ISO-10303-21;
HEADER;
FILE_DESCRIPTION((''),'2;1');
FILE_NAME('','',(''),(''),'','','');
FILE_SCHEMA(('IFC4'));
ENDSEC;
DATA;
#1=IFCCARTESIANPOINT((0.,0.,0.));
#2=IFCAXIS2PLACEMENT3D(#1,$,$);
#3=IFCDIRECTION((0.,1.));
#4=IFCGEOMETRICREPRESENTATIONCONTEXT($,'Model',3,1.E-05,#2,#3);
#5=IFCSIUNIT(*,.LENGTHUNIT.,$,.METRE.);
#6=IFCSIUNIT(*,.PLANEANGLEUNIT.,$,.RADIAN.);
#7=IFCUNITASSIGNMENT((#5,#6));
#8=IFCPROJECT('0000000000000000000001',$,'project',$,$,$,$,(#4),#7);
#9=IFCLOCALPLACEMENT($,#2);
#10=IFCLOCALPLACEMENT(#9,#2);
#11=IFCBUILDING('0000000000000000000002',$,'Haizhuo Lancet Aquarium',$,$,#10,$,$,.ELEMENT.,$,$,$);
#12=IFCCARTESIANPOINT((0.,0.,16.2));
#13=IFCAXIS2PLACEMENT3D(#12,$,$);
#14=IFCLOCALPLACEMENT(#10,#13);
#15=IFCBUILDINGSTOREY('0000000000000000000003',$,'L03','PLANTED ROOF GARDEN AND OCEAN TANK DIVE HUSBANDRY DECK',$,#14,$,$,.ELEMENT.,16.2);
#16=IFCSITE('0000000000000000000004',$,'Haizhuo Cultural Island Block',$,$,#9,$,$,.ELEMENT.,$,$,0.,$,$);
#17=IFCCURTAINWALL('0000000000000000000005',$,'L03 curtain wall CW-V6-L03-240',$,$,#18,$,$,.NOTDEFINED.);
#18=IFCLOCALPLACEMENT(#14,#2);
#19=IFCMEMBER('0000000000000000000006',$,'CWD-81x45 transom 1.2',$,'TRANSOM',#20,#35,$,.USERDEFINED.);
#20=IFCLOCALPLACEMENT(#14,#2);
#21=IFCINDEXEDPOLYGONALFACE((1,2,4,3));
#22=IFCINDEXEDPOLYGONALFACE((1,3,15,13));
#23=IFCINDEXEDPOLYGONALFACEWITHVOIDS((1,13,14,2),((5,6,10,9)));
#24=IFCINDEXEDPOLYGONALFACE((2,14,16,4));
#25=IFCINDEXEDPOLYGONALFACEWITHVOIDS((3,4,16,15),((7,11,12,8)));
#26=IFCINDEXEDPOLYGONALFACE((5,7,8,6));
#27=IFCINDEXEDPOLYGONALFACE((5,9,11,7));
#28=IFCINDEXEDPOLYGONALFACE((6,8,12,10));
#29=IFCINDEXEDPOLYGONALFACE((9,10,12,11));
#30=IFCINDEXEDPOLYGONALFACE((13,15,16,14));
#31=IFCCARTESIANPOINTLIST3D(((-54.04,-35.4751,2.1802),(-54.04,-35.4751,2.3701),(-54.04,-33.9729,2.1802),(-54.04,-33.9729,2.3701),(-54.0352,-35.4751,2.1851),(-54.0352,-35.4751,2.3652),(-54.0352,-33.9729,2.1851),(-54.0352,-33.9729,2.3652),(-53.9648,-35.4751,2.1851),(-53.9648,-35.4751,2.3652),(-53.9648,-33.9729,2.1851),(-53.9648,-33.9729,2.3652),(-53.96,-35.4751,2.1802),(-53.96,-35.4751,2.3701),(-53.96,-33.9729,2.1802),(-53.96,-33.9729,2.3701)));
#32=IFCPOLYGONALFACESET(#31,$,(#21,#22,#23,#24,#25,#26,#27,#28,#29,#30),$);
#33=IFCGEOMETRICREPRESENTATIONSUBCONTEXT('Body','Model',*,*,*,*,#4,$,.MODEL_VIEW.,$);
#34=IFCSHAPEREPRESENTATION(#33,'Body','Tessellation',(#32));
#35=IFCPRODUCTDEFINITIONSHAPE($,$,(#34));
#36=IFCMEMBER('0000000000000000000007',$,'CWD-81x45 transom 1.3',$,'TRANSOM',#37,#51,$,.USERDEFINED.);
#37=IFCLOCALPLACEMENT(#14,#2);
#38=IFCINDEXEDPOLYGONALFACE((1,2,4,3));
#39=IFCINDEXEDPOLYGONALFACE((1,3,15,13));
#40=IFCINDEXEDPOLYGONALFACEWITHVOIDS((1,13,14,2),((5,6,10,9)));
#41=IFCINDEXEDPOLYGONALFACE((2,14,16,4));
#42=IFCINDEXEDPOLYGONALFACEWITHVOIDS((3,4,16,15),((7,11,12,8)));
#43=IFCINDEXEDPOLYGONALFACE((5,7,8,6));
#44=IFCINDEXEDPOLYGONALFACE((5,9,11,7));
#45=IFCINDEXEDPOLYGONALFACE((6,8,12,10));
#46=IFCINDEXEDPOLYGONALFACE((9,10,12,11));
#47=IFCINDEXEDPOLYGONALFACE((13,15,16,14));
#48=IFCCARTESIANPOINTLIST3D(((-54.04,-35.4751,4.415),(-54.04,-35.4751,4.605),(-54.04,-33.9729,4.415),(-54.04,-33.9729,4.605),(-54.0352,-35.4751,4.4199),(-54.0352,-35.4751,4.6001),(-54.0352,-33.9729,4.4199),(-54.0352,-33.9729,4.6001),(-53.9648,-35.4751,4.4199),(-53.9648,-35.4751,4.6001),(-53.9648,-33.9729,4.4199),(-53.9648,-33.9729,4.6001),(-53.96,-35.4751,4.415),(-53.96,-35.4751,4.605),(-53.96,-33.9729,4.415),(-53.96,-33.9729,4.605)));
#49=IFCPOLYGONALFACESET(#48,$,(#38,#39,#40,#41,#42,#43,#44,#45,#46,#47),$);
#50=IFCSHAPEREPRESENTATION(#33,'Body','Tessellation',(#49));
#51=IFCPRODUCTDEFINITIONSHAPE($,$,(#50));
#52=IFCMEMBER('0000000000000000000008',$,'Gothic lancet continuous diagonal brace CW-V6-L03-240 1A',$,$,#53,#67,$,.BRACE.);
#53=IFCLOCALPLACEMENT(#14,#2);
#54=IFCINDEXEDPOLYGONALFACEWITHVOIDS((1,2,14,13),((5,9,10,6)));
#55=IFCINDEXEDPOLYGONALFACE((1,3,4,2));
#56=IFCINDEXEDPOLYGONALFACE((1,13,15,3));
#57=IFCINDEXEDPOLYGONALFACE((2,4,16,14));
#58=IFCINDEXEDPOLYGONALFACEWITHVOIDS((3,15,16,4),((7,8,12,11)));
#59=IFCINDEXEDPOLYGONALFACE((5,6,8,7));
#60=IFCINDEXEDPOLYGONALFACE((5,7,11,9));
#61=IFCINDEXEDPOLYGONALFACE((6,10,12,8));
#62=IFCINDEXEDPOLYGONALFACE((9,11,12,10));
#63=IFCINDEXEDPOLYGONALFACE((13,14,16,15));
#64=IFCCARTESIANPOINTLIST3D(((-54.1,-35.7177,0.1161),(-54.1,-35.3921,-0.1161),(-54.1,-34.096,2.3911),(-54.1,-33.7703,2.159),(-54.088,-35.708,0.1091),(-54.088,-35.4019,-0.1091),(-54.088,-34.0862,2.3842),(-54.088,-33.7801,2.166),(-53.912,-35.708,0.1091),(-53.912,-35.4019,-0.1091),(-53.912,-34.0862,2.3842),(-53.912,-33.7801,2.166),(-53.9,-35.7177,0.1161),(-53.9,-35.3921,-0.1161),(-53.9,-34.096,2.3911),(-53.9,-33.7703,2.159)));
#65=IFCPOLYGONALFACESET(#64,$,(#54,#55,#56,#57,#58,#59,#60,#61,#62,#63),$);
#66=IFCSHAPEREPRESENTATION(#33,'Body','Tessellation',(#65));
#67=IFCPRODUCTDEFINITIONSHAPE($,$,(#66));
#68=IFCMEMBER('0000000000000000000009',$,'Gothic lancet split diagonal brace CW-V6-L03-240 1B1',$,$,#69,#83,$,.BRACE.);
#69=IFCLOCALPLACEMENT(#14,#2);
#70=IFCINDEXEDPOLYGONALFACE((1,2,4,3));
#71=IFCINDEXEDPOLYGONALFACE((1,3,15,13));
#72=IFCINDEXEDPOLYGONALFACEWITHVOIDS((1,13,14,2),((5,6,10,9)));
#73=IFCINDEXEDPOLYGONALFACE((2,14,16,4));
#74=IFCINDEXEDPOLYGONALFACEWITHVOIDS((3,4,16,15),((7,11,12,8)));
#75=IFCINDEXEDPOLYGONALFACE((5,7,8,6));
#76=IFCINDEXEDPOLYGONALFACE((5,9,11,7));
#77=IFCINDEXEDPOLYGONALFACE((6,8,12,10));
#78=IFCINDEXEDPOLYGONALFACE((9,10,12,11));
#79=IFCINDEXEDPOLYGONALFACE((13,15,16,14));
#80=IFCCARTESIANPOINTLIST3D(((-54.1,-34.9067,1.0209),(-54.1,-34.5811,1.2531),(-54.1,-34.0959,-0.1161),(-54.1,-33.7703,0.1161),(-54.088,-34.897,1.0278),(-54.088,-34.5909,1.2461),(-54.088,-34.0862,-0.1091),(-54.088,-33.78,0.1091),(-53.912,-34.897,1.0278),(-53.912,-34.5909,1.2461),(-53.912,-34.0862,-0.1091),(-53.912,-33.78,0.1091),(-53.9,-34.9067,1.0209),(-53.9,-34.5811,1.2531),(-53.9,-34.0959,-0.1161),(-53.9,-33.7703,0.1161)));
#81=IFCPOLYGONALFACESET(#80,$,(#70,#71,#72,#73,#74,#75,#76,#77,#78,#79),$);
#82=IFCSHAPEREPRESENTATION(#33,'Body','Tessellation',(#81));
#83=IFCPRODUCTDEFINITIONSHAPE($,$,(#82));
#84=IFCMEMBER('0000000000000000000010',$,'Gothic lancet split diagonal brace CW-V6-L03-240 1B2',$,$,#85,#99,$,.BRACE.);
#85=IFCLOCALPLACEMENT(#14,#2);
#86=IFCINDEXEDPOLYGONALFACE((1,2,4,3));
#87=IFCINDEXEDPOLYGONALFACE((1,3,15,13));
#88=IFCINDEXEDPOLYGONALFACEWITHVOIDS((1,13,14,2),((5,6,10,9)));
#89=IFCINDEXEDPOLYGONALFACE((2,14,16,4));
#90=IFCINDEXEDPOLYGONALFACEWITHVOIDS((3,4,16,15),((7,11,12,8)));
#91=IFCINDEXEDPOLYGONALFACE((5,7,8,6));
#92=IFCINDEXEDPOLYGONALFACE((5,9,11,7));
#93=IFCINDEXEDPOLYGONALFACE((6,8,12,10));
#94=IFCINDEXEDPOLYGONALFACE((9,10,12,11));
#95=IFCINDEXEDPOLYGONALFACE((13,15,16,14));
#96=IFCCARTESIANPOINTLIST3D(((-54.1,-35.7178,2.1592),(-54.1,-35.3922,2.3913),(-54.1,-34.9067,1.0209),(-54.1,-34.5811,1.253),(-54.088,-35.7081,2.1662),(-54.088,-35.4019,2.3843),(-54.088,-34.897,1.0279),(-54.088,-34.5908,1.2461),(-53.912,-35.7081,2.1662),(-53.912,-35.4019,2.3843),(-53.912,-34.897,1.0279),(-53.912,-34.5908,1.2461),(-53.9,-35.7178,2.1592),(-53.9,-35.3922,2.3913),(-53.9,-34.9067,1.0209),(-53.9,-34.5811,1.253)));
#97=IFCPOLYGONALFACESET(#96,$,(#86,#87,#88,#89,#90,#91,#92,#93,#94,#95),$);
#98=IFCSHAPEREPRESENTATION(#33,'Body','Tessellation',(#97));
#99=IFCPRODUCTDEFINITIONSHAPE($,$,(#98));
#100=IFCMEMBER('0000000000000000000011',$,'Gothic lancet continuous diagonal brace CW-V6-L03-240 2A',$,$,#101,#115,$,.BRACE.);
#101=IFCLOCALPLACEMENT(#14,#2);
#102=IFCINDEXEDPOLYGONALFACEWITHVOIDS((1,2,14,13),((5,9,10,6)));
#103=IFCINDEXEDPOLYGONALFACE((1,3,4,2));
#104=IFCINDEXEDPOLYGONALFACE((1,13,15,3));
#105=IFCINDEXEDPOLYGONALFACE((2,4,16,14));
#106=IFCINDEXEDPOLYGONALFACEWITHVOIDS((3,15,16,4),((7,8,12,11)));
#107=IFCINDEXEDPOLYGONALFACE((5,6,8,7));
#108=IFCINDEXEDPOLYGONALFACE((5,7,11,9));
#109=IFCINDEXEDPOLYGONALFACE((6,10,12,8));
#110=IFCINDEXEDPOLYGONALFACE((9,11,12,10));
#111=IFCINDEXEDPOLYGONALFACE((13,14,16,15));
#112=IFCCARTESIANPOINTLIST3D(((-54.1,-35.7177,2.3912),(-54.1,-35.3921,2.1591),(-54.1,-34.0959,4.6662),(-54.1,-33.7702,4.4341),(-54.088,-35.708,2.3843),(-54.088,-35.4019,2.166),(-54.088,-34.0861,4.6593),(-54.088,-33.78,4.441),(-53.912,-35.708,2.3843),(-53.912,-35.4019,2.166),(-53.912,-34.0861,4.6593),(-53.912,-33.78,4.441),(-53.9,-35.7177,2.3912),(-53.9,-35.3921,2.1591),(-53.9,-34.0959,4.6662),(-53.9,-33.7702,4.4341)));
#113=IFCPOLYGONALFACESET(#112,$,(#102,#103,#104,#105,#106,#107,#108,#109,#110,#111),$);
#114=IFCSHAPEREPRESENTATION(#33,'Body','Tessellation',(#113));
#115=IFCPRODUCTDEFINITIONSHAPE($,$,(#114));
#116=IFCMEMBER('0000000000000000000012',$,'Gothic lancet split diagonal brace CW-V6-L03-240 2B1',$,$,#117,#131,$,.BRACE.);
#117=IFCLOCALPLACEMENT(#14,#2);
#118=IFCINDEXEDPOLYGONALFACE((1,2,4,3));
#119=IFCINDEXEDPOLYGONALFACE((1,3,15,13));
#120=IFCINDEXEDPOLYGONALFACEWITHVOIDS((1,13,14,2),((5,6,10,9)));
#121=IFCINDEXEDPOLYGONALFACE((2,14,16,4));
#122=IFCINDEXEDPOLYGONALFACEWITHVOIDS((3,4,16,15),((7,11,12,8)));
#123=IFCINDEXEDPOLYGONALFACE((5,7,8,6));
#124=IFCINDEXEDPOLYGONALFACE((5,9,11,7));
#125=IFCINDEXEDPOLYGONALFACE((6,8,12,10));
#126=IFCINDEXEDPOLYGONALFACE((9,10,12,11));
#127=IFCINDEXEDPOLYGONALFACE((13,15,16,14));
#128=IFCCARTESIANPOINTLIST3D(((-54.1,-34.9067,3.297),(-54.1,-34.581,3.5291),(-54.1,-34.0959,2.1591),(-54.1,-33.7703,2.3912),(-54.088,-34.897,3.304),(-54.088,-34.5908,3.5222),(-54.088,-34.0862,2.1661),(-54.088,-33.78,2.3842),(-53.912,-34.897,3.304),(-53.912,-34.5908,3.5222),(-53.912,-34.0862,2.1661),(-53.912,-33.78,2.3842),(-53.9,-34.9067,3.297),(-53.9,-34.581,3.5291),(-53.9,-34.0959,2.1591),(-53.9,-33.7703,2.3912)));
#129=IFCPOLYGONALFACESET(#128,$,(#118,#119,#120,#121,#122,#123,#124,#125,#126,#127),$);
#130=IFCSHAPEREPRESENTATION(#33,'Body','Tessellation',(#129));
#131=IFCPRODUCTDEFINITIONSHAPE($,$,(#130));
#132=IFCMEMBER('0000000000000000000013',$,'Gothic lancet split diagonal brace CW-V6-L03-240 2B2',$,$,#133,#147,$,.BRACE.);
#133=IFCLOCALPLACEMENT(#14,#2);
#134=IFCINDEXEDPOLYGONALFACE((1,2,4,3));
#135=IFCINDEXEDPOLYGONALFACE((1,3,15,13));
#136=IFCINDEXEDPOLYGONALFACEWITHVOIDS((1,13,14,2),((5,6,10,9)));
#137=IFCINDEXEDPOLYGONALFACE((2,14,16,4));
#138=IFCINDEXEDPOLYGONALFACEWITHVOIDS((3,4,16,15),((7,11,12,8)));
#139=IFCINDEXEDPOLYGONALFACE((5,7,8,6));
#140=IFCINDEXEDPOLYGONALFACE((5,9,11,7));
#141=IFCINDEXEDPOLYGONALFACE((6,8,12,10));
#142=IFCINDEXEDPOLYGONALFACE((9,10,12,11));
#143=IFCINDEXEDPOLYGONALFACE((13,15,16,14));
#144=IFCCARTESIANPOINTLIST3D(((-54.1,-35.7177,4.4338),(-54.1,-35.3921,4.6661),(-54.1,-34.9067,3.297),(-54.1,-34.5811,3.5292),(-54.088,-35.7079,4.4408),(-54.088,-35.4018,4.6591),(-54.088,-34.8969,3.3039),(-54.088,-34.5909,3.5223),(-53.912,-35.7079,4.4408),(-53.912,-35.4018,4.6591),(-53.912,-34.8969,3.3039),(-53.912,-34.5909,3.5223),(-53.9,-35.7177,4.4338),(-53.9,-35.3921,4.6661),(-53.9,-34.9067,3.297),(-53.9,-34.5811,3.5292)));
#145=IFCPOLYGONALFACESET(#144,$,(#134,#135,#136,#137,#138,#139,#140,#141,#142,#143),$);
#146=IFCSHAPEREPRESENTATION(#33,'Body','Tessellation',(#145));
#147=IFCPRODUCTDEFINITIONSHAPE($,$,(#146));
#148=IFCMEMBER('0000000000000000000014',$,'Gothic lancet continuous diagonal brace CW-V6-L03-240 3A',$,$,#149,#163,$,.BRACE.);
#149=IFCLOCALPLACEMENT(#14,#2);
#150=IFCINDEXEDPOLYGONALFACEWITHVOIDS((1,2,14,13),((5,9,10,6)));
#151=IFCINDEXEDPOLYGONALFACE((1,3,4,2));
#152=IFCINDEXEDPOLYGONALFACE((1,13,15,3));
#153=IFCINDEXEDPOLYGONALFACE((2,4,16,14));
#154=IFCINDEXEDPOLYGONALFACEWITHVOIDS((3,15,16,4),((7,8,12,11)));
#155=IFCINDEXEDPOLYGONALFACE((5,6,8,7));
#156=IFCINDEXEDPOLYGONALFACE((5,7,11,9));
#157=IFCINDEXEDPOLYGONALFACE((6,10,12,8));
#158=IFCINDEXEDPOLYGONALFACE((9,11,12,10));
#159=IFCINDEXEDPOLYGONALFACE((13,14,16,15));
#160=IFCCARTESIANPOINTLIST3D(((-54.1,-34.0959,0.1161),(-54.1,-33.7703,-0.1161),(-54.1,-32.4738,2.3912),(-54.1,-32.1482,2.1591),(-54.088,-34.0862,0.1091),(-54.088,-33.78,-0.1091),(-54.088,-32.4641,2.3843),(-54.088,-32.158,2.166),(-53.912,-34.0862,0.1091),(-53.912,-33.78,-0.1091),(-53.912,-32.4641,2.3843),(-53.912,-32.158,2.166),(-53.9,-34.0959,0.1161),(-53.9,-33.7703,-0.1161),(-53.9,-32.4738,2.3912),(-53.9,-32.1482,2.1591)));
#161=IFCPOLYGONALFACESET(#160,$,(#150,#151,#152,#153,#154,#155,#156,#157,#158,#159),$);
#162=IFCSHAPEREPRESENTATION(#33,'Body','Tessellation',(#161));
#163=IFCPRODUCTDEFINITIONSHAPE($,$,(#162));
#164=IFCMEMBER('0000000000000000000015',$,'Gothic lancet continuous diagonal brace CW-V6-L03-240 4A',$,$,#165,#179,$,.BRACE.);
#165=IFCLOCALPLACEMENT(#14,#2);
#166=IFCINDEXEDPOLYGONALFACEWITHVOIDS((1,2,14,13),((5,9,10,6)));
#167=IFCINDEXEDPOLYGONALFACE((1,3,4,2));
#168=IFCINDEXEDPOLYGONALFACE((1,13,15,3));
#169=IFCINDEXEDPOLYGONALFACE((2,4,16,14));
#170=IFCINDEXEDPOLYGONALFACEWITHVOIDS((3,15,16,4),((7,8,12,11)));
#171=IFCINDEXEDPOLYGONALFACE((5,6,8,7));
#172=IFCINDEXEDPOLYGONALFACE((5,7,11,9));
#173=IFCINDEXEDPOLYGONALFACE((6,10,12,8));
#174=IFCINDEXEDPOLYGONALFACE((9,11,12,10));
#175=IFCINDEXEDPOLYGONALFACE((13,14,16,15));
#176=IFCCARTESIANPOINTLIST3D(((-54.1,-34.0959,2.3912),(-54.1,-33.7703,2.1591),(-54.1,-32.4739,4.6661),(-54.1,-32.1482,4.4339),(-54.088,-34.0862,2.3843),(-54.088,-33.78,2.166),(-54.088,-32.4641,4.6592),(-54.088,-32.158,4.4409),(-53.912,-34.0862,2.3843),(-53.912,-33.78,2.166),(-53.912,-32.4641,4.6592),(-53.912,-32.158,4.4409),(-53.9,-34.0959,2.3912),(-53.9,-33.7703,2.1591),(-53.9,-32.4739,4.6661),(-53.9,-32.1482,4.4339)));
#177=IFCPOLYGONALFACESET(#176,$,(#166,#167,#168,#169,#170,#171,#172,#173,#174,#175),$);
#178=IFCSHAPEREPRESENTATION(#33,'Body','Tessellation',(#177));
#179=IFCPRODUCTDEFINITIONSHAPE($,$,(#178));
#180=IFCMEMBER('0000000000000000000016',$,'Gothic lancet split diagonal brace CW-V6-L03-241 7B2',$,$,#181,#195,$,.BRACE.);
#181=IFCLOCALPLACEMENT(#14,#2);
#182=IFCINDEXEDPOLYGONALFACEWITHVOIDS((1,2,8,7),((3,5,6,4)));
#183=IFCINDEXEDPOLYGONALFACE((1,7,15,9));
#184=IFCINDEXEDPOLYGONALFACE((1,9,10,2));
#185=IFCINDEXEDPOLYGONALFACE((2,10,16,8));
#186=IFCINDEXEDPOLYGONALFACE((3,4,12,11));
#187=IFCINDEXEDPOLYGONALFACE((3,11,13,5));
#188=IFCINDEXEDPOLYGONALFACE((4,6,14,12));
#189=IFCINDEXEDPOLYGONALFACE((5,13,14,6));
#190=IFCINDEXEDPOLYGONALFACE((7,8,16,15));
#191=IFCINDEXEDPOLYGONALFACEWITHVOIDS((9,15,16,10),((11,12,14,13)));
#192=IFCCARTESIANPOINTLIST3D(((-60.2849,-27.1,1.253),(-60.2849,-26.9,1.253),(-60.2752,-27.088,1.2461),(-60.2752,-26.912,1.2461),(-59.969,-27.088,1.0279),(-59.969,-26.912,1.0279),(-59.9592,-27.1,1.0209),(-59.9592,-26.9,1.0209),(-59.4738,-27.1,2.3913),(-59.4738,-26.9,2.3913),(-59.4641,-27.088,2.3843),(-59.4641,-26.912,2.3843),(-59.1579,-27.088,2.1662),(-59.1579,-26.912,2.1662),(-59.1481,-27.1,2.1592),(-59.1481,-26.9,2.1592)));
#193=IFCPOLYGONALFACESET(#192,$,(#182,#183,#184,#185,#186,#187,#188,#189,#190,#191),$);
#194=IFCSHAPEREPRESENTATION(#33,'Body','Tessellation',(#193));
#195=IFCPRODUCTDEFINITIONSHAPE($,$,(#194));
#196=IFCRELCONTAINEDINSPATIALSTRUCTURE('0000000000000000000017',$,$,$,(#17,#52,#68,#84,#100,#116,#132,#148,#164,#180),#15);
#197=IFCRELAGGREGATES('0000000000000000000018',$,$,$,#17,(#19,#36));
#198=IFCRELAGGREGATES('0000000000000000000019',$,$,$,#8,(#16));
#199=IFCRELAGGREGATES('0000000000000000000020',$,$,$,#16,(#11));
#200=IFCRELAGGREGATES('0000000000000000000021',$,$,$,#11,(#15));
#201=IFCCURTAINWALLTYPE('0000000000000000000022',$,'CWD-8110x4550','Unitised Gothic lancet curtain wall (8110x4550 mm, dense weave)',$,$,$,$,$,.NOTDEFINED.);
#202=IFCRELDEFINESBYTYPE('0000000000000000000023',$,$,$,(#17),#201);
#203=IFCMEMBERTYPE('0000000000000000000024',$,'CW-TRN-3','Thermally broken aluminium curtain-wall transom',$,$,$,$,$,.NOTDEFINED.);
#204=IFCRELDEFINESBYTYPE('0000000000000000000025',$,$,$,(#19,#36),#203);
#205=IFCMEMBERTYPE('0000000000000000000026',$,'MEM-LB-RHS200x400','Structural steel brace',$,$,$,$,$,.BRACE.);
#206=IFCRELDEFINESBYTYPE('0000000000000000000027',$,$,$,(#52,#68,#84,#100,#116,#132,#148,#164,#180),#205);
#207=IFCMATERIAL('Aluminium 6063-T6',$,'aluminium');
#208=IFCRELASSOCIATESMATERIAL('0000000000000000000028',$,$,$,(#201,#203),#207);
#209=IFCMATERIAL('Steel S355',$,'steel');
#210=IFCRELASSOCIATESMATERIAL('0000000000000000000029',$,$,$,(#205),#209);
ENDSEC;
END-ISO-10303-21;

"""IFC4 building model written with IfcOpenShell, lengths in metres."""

from ifc_helpers import new_model, si_unit, direction, frame, origin, origin_2d, place, context, subcontext, project, spatial, hollow_rectangle, extrude, material, material_profile, profile_set, type_object, element, aggregate, save


model = new_model("IFC4")

# Units and contexts
model_context = context("Model", 3, precision=1e-05, world=origin(), true_north=direction((0.0, 1.0)))
body_context = subcontext(model_context, "Body", "Model", "MODEL_VIEW")
ifc_project = project(units=[si_unit("LENGTHUNIT", "METRE"), si_unit("PLANEANGLEUNIT", "RADIAN")], contexts=[model_context])

# Site, building, storey
site_placement = place(None, origin())
site = spatial("IfcSite", under=ifc_project, at=site_placement, Name="Haizhuo Cultural Island Block", CompositionType="ELEMENT", RefElevation=0.0)
building_placement = place(site_placement, origin())
building = spatial("IfcBuilding", under=site, at=building_placement, Name="Haizhuo Lancet Aquarium", CompositionType="ELEMENT")
storey_placement = place(building_placement, frame((0.0, 0.0, 16.2)))
storey = spatial("IfcBuildingStorey", under=building, at=storey_placement, Name="L03", Description="PLANTED ROOF GARDEN AND OCEAN TANK DIVE HUSBANDRY DECK", CompositionType="ELEMENT", Elevation=16.2)

# Shared definitions
ifc_material_1 = material(Name="Steel S355", Category="steel")

# Curtain wall
ifc_material_2 = material(Name="Aluminium 6063-T6", Category="aluminium")
curtain_wall_type = type_object("IfcCurtainWallType", Name="CWD-8110x4550", Description="Unitised Gothic lancet curtain wall (8110x4550 mm, dense weave)", PredefinedType="NOTDEFINED", material=ifc_material_2)
curtain_wall_1_placement = place(storey_placement, origin())
curtain_wall_1 = element("IfcCurtainWall", 1, at=curtain_wall_1_placement, inside=storey, type_object=curtain_wall_type, Name="L03 curtain wall CW-V6-L03-240", PredefinedType="NOTDEFINED")

# Members
ifc_material_profile_1 = material_profile(ifc_material_2, hollow_rectangle(XDim=0.0801, YDim=0.1899, WallThickness=0.0049, at=origin_2d()), Name="ALU-T 80x190x5")
ifc_profile_set_1 = profile_set([ifc_material_profile_1], Name="Aluminium 6063-T6")
member_type_1 = type_object("IfcMemberType", Name="CW-TRN-3", Description="Thermally broken aluminium curtain-wall transom", PredefinedType="NOTDEFINED", material=ifc_profile_set_1)
member_1_placement = place(storey_placement, frame((-54.0, -35.4751, 2.2751), z_axis=(0.0, 1.0, 0.0), x_axis=(-1.0, 0.0, 0.0)))
member_1 = element("IfcMember", 2, at=member_1_placement, type_object=member_type_1, Name="CWD-81x45 transom 1.2", ObjectType="TRANSOM", PredefinedType="USERDEFINED", context=body_context, shape_type="SweptSolid", body=[
    extrude(hollow_rectangle(XDim=0.0801, YDim=0.1899, WallThickness=0.0049, at=origin_2d()), origin(), (0.0, 0.0, 1.0), 1.5022),
])
member_2_placement = place(storey_placement, frame((-54.0, -35.4751, 4.51), z_axis=(0.0, 1.0, 0.0), x_axis=(-1.0, 0.0, 0.0)))
member_2 = element("IfcMember", 3, at=member_2_placement, type_object=member_type_1, Name="CWD-81x45 transom 1.3", ObjectType="TRANSOM", PredefinedType="USERDEFINED", context=body_context, shape_type="SweptSolid", body=[
    extrude(hollow_rectangle(XDim=0.0801, YDim=0.1899, WallThickness=0.0049, at=origin_2d()), origin(), (0.0, 0.0, 1.0), 1.5022),
])

# Members
ifc_material_profile_2 = material_profile(ifc_material_1, hollow_rectangle(XDim=0.2, YDim=0.3999, WallThickness=0.012, at=origin_2d()), Name="RHS 200x400x12")
ifc_profile_set_2 = profile_set([ifc_material_profile_2], Name="Steel S355")
member_type_2 = type_object("IfcMemberType", Name="MEM-LB-RHS200x400", Description="Structural steel brace", PredefinedType="BRACE", material=ifc_profile_set_2)
member_3_placement = place(storey_placement, frame((-54.0, -35.5549, 0.0), z_axis=(0.0, 0.580461, 0.814288), x_axis=(-1.0, 0.0, 0.0)))
element("IfcMember", 4, at=member_3_placement, inside=storey, type_object=member_type_2, Name="Gothic lancet continuous diagonal brace CW-V6-L03-240 1A", PredefinedType="BRACE", context=body_context, shape_type="SweptSolid", body=[
    extrude(hollow_rectangle(XDim=0.2, YDim=0.3999, WallThickness=0.012, at=origin_2d()), origin(), (0.0, 0.0, 1.0), 2.7939),
])
member_4_placement = place(storey_placement, frame((-54.0, -33.9331, 0.0), z_axis=(0.0, -0.58061, 0.814182), x_axis=(1.0, 0.0, 0.0)))
element("IfcMember", 5, at=member_4_placement, inside=storey, type_object=member_type_2, Name="Gothic lancet split diagonal brace CW-V6-L03-240 1B1", PredefinedType="BRACE", context=body_context, shape_type="SweptSolid", body=[
    extrude(hollow_rectangle(XDim=0.2, YDim=0.3999, WallThickness=0.012, at=origin_2d()), origin(), (0.0, 0.0, 1.0), 1.3965),
])
member_5_placement = place(storey_placement, frame((-54.0, -34.7439, 1.137), z_axis=(0.0, -0.580312, 0.814394), x_axis=(1.0, 0.0, 0.0)))
element("IfcMember", 6, at=member_5_placement, inside=storey, type_object=member_type_2, Name="Gothic lancet split diagonal brace CW-V6-L03-240 1B2", PredefinedType="BRACE", context=body_context, shape_type="SweptSolid", body=[
    extrude(hollow_rectangle(XDim=0.2, YDim=0.3999, WallThickness=0.012, at=origin_2d()), origin(), (0.0, 0.0, 1.0), 1.3977),
])
member_6_placement = place(storey_placement, frame((-54.0, -35.5549, 2.2751), z_axis=(0.0, 0.580502, 0.814259), x_axis=(-1.0, 0.0, 0.0)))
element("IfcMember", 7, at=member_6_placement, inside=storey, type_object=member_type_2, Name="Gothic lancet continuous diagonal brace CW-V6-L03-240 2A", PredefinedType="BRACE", context=body_context, shape_type="SweptSolid", body=[
    extrude(hollow_rectangle(XDim=0.2, YDim=0.3999, WallThickness=0.012, at=origin_2d()), origin(), (0.0, 0.0, 1.0), 2.7939),
])
member_7_placement = place(storey_placement, frame((-54.0, -33.9331, 2.2751), z_axis=(0.0, -0.580279, 0.814418), x_axis=(1.0, 0.0, 0.0)))
element("IfcMember", 8, at=member_7_placement, inside=storey, type_object=member_type_2, Name="Gothic lancet split diagonal brace CW-V6-L03-240 2B1", PredefinedType="BRACE", context=body_context, shape_type="SweptSolid", body=[
    extrude(hollow_rectangle(XDim=0.2, YDim=0.3999, WallThickness=0.012, at=origin_2d()), origin(), (0.0, 0.0, 1.0), 1.3972),
])
member_8_placement = place(storey_placement, frame((-54.0, -34.7439, 3.4131), z_axis=(0.0, -0.580725, 0.814099), x_axis=(1.0, 0.0, 0.0)))
element("IfcMember", 9, at=member_8_placement, inside=storey, type_object=member_type_2, Name="Gothic lancet split diagonal brace CW-V6-L03-240 2B2", PredefinedType="BRACE", context=body_context, shape_type="SweptSolid", body=[
    extrude(hollow_rectangle(XDim=0.2, YDim=0.3999, WallThickness=0.012, at=origin_2d()), origin(), (0.0, 0.0, 1.0), 1.3965),
])
member_9_placement = place(storey_placement, frame((-54.0, -33.9331, 0.0), z_axis=(0.0, 0.580519, 0.814247), x_axis=(-1.0, 0.0, 0.0)))
element("IfcMember", 10, at=member_9_placement, inside=storey, type_object=member_type_2, Name="Gothic lancet continuous diagonal brace CW-V6-L03-240 3A", PredefinedType="BRACE", context=body_context, shape_type="SweptSolid", body=[
    extrude(hollow_rectangle(XDim=0.2, YDim=0.3999, WallThickness=0.012, at=origin_2d()), origin(), (0.0, 0.0, 1.0), 2.7942),
])
member_10_placement = place(storey_placement, frame((-54.0, -33.9331, 2.2751), z_axis=(0.0, 0.58056, 0.814217), x_axis=(-1.0, 0.0, 0.0)))
element("IfcMember", 11, at=member_10_placement, inside=storey, type_object=member_type_2, Name="Gothic lancet continuous diagonal brace CW-V6-L03-240 4A", PredefinedType="BRACE", context=body_context, shape_type="SweptSolid", body=[
    extrude(hollow_rectangle(XDim=0.2, YDim=0.3999, WallThickness=0.012, at=origin_2d()), origin(), (0.0, 0.0, 1.0), 2.7939),
])
member_11_placement = place(storey_placement, frame((-60.1221, -27.0, 1.137), z_axis=(0.580312, 0.0, 0.814394), x_axis=(0.0, 1.0, 0.0)))
element("IfcMember", 12, at=member_11_placement, inside=storey, type_object=member_type_2, Name="Gothic lancet split diagonal brace CW-V6-L03-241 7B2", PredefinedType="BRACE", context=body_context, shape_type="SweptSolid", body=[
    extrude(hollow_rectangle(XDim=0.2, YDim=0.3999, WallThickness=0.012, at=origin_2d()), origin(), (0.0, 0.0, 1.0), 1.3977),
])

aggregate(curtain_wall_1, [member_1, member_2])

save(model, "model.ifc")
